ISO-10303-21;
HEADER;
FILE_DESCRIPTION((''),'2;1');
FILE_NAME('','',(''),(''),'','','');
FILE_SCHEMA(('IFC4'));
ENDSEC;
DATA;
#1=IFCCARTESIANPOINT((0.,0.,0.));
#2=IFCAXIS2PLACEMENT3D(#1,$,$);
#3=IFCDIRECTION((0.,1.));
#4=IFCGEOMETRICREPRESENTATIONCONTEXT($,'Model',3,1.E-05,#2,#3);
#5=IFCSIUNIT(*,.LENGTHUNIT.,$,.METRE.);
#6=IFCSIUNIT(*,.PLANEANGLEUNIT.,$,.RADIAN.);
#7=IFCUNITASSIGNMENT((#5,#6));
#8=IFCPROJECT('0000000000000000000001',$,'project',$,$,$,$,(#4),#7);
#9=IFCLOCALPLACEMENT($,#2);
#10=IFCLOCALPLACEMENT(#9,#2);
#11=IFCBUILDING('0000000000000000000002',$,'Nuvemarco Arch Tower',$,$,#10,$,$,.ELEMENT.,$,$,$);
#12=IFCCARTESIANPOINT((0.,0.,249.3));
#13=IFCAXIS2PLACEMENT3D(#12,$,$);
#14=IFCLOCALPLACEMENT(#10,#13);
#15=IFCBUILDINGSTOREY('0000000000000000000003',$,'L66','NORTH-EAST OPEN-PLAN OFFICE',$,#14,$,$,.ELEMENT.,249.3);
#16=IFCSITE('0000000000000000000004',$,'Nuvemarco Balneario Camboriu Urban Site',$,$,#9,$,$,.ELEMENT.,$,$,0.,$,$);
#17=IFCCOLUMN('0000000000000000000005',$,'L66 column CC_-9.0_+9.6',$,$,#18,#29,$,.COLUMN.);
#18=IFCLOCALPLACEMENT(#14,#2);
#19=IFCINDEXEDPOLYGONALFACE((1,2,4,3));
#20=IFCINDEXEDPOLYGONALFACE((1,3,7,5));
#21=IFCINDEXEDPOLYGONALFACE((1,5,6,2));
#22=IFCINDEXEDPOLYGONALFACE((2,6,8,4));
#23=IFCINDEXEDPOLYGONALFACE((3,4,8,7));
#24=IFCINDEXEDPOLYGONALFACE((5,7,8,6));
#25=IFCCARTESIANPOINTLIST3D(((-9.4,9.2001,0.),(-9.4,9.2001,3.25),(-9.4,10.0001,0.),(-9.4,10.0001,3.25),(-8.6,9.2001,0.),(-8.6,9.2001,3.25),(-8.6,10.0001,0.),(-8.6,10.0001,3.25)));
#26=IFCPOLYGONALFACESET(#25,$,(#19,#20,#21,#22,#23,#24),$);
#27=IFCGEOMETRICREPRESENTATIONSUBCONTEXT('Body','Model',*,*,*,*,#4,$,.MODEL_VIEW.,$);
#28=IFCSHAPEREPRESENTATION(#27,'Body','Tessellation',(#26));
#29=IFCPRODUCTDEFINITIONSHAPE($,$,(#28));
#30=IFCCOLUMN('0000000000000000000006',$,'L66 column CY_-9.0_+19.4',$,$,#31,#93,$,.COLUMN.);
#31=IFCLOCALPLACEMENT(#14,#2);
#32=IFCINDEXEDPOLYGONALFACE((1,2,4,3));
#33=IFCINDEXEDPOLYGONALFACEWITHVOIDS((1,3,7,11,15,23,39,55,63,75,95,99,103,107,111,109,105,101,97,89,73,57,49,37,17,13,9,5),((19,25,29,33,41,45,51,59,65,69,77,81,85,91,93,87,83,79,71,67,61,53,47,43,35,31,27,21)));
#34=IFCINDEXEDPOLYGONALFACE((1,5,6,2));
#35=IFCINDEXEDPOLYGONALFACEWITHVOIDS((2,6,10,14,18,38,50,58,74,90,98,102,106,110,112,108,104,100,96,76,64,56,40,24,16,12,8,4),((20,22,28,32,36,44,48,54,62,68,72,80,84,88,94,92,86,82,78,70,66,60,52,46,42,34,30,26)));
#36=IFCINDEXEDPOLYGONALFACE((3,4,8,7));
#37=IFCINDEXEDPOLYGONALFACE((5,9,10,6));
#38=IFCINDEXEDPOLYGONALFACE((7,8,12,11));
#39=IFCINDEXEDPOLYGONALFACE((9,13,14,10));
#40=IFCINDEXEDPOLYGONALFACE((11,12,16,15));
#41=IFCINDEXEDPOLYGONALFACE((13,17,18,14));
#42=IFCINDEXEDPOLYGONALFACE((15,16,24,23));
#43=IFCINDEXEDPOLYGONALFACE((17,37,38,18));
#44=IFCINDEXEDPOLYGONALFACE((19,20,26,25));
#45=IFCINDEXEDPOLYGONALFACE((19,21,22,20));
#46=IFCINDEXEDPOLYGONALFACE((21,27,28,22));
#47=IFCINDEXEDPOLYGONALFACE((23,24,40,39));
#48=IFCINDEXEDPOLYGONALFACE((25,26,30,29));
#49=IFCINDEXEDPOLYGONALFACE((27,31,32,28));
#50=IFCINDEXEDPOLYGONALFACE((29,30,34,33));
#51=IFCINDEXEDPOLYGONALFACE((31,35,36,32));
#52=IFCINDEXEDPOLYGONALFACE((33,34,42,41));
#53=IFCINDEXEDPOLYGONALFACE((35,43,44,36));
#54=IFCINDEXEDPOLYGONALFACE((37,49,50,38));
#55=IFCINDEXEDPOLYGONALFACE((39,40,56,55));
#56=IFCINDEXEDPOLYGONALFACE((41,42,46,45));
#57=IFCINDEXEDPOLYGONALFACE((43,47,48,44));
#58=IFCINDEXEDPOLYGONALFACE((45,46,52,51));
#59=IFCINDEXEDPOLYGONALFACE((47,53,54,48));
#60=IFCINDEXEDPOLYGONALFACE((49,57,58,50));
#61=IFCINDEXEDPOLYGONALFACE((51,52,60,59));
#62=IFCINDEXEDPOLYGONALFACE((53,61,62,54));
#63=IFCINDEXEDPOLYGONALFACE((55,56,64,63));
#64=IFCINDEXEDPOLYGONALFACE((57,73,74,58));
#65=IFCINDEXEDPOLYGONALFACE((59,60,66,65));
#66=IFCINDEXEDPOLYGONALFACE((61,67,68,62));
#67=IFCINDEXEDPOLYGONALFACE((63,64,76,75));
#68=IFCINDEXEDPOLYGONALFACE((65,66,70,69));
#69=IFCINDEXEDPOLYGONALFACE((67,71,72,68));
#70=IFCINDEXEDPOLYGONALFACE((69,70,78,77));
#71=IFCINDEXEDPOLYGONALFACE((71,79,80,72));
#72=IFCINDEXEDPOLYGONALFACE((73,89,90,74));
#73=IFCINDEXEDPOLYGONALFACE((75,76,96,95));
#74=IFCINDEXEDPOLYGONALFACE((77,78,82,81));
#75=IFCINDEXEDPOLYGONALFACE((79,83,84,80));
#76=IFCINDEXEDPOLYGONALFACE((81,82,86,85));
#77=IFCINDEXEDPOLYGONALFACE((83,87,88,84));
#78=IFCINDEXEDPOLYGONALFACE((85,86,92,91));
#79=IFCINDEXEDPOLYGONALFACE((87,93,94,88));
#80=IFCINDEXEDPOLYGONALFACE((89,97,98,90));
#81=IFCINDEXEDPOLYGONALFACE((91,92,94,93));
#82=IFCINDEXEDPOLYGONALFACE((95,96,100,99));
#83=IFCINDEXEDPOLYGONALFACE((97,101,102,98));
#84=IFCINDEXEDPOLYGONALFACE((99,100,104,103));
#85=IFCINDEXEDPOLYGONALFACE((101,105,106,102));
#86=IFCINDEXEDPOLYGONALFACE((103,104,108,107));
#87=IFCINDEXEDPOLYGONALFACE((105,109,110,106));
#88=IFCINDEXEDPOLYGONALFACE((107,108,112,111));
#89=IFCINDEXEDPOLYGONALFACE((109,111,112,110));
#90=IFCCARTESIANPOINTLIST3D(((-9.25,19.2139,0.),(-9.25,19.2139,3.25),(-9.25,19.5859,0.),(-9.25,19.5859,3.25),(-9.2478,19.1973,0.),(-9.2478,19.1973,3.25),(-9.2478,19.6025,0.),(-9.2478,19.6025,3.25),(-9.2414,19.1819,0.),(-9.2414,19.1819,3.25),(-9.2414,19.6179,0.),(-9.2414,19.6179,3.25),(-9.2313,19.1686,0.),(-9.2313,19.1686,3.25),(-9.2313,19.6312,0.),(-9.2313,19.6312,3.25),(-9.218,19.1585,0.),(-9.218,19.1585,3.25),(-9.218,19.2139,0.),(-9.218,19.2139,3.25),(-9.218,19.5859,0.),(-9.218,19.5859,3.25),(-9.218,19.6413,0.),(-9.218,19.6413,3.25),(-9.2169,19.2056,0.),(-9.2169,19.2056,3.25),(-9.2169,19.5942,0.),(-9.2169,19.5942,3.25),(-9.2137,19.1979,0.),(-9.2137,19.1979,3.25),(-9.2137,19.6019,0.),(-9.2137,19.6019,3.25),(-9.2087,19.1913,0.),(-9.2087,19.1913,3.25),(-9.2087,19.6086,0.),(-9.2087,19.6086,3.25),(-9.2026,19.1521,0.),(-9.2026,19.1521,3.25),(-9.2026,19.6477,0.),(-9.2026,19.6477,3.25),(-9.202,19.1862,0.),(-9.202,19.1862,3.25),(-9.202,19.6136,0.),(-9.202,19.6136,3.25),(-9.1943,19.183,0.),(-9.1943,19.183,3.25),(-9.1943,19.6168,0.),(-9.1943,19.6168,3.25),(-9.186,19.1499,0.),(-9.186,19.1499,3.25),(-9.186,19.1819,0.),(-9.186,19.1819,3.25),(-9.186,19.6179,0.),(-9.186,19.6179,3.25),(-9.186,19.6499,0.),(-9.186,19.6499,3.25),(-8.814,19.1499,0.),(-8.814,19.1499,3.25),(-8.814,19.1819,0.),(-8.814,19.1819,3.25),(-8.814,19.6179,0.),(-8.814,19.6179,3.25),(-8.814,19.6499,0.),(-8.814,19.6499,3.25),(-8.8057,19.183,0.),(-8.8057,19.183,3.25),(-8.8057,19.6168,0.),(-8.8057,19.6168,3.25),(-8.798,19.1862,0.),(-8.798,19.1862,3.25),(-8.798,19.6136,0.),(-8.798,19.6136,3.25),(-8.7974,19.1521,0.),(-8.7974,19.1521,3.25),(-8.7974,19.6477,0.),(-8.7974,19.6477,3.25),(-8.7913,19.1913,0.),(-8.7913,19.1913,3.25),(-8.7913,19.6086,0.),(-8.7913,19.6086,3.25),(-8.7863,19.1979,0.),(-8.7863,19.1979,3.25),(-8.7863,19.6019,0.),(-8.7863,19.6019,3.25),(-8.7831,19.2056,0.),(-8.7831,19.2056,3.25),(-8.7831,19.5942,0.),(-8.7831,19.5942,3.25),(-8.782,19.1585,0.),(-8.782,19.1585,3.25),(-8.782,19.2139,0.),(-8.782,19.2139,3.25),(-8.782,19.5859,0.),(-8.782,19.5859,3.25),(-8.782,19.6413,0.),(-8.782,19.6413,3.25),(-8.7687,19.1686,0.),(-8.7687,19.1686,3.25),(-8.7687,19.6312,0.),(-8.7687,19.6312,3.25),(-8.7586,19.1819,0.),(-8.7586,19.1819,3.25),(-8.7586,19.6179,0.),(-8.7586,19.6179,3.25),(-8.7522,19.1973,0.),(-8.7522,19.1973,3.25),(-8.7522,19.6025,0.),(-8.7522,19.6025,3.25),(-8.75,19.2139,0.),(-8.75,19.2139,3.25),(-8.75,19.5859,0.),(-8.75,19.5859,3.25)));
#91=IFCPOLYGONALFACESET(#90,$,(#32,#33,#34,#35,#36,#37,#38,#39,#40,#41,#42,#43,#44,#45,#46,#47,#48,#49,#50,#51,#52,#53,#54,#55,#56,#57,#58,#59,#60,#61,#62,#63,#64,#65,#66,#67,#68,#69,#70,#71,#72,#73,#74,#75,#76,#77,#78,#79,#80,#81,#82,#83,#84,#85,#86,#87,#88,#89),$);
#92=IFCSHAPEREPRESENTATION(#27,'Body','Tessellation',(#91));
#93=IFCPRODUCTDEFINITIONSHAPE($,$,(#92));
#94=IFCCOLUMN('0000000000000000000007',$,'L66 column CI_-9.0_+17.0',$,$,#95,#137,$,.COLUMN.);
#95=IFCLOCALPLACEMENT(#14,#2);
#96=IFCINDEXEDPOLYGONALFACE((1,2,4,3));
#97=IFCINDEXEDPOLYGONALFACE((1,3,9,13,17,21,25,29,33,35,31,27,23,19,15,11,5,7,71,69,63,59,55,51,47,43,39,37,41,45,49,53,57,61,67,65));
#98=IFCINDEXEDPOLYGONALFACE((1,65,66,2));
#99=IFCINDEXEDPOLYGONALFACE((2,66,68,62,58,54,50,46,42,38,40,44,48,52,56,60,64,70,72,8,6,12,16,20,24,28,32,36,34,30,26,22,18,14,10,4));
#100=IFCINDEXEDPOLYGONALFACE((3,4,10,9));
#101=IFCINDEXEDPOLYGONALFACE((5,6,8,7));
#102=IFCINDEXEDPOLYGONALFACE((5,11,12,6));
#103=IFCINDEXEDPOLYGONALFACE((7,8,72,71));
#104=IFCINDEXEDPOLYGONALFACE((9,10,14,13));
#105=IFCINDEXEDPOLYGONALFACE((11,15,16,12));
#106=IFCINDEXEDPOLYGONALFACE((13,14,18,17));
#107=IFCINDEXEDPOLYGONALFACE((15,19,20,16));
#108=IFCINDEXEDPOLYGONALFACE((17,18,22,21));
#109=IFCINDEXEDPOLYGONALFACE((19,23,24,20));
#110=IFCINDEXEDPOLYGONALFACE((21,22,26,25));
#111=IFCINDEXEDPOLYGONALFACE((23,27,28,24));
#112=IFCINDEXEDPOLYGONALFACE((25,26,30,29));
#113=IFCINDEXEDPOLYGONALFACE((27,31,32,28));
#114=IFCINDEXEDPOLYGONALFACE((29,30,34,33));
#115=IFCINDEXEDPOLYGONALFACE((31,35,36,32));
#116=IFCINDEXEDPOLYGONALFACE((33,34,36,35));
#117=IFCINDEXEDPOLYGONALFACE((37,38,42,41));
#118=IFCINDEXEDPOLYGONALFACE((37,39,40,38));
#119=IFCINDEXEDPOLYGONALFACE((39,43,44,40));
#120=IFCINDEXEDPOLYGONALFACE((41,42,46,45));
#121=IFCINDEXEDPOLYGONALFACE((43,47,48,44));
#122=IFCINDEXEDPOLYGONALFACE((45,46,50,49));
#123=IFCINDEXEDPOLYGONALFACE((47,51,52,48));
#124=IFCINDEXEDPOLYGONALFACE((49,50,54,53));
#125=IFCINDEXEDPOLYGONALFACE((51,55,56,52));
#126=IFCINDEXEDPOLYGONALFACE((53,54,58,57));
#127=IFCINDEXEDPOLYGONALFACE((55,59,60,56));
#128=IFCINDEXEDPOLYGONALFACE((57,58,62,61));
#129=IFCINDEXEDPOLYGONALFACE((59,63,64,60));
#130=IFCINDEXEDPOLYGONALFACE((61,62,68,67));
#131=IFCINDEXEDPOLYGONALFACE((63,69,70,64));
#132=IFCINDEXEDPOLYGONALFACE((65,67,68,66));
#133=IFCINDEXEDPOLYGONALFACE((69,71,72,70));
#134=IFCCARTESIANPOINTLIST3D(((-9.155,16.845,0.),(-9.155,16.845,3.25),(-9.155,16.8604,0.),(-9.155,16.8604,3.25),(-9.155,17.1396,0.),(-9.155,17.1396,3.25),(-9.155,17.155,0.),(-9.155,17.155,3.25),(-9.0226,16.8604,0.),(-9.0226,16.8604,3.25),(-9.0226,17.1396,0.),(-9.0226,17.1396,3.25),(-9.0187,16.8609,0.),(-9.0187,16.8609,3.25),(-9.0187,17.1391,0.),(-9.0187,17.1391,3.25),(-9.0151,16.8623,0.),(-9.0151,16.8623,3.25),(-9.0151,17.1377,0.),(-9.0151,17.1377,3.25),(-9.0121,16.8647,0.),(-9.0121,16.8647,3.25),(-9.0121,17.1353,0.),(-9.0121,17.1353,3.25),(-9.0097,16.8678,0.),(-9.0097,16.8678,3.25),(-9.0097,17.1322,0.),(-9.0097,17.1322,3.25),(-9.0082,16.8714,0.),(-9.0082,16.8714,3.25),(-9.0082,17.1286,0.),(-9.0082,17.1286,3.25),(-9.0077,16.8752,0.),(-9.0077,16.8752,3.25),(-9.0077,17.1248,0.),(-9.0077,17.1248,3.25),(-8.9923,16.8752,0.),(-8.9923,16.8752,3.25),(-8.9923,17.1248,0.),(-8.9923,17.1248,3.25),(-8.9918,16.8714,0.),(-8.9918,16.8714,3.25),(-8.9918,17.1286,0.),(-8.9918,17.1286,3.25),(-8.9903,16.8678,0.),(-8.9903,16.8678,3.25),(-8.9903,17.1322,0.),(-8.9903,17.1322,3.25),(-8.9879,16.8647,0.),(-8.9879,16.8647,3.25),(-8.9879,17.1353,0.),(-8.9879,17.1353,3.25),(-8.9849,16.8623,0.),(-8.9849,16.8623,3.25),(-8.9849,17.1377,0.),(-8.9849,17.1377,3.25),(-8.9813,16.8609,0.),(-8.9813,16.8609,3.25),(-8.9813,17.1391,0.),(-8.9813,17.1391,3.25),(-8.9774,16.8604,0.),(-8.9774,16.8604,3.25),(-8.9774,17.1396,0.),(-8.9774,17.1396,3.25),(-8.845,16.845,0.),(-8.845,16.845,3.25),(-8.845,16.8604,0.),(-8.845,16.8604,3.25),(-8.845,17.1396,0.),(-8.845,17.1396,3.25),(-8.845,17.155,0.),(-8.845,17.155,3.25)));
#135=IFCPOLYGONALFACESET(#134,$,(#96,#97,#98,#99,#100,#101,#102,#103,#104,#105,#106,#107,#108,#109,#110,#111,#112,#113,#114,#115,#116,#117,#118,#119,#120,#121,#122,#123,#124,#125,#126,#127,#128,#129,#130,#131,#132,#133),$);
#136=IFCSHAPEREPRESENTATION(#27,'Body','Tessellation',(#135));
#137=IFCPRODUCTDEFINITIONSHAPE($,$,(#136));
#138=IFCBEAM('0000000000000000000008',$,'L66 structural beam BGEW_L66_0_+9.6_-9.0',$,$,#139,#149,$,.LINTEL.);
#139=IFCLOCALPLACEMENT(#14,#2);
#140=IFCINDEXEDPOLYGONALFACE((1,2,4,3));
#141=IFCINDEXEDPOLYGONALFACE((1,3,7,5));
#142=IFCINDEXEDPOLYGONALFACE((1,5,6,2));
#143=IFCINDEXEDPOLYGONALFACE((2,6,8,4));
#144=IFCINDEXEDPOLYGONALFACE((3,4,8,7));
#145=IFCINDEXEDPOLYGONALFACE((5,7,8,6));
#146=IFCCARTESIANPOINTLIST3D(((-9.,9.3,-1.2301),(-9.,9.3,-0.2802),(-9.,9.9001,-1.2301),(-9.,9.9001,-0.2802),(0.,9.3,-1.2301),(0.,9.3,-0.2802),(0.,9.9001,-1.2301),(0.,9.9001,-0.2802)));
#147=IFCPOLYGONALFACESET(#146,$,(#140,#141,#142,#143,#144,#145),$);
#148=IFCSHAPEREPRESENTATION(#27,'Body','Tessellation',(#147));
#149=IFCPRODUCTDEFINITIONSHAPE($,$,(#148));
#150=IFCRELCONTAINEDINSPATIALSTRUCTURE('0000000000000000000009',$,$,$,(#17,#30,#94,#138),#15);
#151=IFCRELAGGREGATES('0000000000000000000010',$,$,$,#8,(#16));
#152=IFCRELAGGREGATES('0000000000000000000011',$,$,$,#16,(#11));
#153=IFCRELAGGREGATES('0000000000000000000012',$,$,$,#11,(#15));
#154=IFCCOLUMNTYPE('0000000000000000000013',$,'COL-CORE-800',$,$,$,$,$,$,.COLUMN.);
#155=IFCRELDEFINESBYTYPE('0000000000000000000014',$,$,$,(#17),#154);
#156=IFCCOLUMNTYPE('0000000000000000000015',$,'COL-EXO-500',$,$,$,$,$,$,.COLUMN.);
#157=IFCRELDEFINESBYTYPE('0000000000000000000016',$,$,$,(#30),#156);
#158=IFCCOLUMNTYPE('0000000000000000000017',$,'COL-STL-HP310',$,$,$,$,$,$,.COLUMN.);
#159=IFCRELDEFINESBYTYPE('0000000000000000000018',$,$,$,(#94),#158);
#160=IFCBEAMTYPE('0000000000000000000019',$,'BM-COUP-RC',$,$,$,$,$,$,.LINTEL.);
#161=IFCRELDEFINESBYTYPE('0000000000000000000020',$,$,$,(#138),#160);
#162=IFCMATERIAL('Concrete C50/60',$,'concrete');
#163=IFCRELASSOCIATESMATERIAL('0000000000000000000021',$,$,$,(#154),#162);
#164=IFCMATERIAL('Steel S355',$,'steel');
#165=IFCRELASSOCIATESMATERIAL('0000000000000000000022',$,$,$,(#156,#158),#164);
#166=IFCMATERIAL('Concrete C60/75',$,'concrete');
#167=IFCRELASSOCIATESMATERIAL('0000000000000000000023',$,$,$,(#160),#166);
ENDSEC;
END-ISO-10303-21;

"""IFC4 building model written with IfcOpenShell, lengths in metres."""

from ifc_helpers import new_model, si_unit, direction, frame, origin, origin_2d, place, context, subcontext, project, spatial, rectangle, hollow_rectangle, i_section, extrude, material, material_profile, profile_set, type_object, element, save


model = new_model("IFC4")

# Units and contexts
model_context = context("Model", 3, precision=1e-05, world=origin(), true_north=direction((0.0, 1.0)))
body_context = subcontext(model_context, "Body", "Model", "MODEL_VIEW")
ifc_project = project(units=[si_unit("LENGTHUNIT", "METRE"), si_unit("PLANEANGLEUNIT", "RADIAN")], contexts=[model_context])

# Site, building, storey
site_placement = place(None, origin())
site = spatial("IfcSite", under=ifc_project, at=site_placement, Name="Nuvemarco Balneario Camboriu Urban Site", CompositionType="ELEMENT", RefElevation=0.0)
building_placement = place(site_placement, origin())
building = spatial("IfcBuilding", under=site, at=building_placement, Name="Nuvemarco Arch Tower", CompositionType="ELEMENT")
storey_placement = place(building_placement, frame((0.0, 0.0, 249.3)))
storey = spatial("IfcBuildingStorey", under=building, at=storey_placement, Name="L66", Description="NORTH-EAST OPEN-PLAN OFFICE", CompositionType="ELEMENT", Elevation=249.3)

# Columns
ifc_material_1 = material(Name="Concrete C50/60", Category="concrete")
ifc_material_profile_1 = material_profile(ifc_material_1, rectangle(XDim=0.8, YDim=0.8, at=origin_2d()), Name="RC-COL-800x800")
ifc_profile_set_1 = profile_set([ifc_material_profile_1], Name="Concrete C50/60")
column_type_1 = type_object("IfcColumnType", Name="COL-CORE-800", PredefinedType="COLUMN", material=ifc_profile_set_1)
column_1_placement = place(storey_placement, frame((-9.0, 9.6001, 0.0), z_axis=(0.0, 0.0, 1.0), x_axis=(1.0, 0.0, 0.0)))
element("IfcColumn", 1, at=column_1_placement, inside=storey, type_object=column_type_1, Name="L66 column CC_-9.0_+9.6", PredefinedType="COLUMN", context=body_context, shape_type="SweptSolid", body=[
    extrude(rectangle(XDim=0.8, YDim=0.8, at=origin_2d()), origin(), (0.0, 0.0, 1.0), 3.25),
])
ifc_material_2 = material(Name="Steel S355", Category="steel")
ifc_material_profile_2 = material_profile(ifc_material_2, hollow_rectangle(XDim=0.5, YDim=0.5, WallThickness=0.032, InnerFilletRadius=0.032, OuterFilletRadius=0.064, at=origin_2d()), Name="SHS500x500x32")
ifc_profile_set_2 = profile_set([ifc_material_profile_2], Name="Steel S355")
column_type_2 = type_object("IfcColumnType", Name="COL-EXO-500", PredefinedType="COLUMN", material=ifc_profile_set_2)
column_2_placement = place(storey_placement, frame((-9.0, 19.3999, 0.0), z_axis=(0.0, 0.0, 1.0), x_axis=(1.0, 0.0, 0.0)))
element("IfcColumn", 2, at=column_2_placement, inside=storey, type_object=column_type_2, Name="L66 column CY_-9.0_+19.4", PredefinedType="COLUMN", context=body_context, shape_type="SweptSolid", body=[
    extrude(hollow_rectangle(XDim=0.5, YDim=0.5, WallThickness=0.032, InnerFilletRadius=0.032, OuterFilletRadius=0.064, at=origin_2d()), origin(), (0.0, 0.0, 1.0), 3.25),
])
ifc_material_profile_3 = material_profile(ifc_material_2, i_section(OverallWidth=0.3101, OverallDepth=0.3101, WebThickness=0.0154, FlangeThickness=0.0154, FilletRadius=0.0149, at=origin_2d()), Name="HP310x110")
ifc_profile_set_3 = profile_set([ifc_material_profile_3], Name="Steel S355")
column_type_3 = type_object("IfcColumnType", Name="COL-STL-HP310", PredefinedType="COLUMN", material=ifc_profile_set_3)
column_3_placement = place(storey_placement, frame((-9.0, 17.0, 0.0), z_axis=(0.0, 0.0, 1.0), x_axis=(1.0, 0.0, 0.0)))
element("IfcColumn", 3, at=column_3_placement, inside=storey, type_object=column_type_3, Name="L66 column CI_-9.0_+17.0", PredefinedType="COLUMN", context=body_context, shape_type="SweptSolid", body=[
    extrude(i_section(OverallWidth=0.3101, OverallDepth=0.3101, WebThickness=0.0154, FlangeThickness=0.0154, FilletRadius=0.0149, at=origin_2d()), origin(), (0.0, 0.0, 1.0), 3.25),
])

# Beam
ifc_material_3 = material(Name="Concrete C60/75", Category="concrete")
ifc_material_profile_4 = material_profile(ifc_material_3, rectangle(XDim=0.6001, YDim=0.95, at=origin_2d()), Name="RC-BM-600x950")
ifc_profile_set_4 = profile_set([ifc_material_profile_4], Name="Concrete C60/75")
beam_type_1 = type_object("IfcBeamType", Name="BM-COUP-RC", PredefinedType="LINTEL", material=ifc_profile_set_4)
beam_1_placement = place(storey_placement, frame((-9.0, 9.6001, -0.7551), z_axis=(1.0, 0.0, 0.0), x_axis=(0.0, 1.0, 0.0)))
element("IfcBeam", 4, at=beam_1_placement, inside=storey, type_object=beam_type_1, Name="L66 structural beam BGEW_L66_0_+9.6_-9.0", PredefinedType="LINTEL", context=body_context, shape_type="SweptSolid", body=[
    extrude(rectangle(XDim=0.6001, YDim=0.95, at=origin_2d()), origin(), (0.0, 0.0, 1.0), 9.0),
])

save(model, "model.ifc")
